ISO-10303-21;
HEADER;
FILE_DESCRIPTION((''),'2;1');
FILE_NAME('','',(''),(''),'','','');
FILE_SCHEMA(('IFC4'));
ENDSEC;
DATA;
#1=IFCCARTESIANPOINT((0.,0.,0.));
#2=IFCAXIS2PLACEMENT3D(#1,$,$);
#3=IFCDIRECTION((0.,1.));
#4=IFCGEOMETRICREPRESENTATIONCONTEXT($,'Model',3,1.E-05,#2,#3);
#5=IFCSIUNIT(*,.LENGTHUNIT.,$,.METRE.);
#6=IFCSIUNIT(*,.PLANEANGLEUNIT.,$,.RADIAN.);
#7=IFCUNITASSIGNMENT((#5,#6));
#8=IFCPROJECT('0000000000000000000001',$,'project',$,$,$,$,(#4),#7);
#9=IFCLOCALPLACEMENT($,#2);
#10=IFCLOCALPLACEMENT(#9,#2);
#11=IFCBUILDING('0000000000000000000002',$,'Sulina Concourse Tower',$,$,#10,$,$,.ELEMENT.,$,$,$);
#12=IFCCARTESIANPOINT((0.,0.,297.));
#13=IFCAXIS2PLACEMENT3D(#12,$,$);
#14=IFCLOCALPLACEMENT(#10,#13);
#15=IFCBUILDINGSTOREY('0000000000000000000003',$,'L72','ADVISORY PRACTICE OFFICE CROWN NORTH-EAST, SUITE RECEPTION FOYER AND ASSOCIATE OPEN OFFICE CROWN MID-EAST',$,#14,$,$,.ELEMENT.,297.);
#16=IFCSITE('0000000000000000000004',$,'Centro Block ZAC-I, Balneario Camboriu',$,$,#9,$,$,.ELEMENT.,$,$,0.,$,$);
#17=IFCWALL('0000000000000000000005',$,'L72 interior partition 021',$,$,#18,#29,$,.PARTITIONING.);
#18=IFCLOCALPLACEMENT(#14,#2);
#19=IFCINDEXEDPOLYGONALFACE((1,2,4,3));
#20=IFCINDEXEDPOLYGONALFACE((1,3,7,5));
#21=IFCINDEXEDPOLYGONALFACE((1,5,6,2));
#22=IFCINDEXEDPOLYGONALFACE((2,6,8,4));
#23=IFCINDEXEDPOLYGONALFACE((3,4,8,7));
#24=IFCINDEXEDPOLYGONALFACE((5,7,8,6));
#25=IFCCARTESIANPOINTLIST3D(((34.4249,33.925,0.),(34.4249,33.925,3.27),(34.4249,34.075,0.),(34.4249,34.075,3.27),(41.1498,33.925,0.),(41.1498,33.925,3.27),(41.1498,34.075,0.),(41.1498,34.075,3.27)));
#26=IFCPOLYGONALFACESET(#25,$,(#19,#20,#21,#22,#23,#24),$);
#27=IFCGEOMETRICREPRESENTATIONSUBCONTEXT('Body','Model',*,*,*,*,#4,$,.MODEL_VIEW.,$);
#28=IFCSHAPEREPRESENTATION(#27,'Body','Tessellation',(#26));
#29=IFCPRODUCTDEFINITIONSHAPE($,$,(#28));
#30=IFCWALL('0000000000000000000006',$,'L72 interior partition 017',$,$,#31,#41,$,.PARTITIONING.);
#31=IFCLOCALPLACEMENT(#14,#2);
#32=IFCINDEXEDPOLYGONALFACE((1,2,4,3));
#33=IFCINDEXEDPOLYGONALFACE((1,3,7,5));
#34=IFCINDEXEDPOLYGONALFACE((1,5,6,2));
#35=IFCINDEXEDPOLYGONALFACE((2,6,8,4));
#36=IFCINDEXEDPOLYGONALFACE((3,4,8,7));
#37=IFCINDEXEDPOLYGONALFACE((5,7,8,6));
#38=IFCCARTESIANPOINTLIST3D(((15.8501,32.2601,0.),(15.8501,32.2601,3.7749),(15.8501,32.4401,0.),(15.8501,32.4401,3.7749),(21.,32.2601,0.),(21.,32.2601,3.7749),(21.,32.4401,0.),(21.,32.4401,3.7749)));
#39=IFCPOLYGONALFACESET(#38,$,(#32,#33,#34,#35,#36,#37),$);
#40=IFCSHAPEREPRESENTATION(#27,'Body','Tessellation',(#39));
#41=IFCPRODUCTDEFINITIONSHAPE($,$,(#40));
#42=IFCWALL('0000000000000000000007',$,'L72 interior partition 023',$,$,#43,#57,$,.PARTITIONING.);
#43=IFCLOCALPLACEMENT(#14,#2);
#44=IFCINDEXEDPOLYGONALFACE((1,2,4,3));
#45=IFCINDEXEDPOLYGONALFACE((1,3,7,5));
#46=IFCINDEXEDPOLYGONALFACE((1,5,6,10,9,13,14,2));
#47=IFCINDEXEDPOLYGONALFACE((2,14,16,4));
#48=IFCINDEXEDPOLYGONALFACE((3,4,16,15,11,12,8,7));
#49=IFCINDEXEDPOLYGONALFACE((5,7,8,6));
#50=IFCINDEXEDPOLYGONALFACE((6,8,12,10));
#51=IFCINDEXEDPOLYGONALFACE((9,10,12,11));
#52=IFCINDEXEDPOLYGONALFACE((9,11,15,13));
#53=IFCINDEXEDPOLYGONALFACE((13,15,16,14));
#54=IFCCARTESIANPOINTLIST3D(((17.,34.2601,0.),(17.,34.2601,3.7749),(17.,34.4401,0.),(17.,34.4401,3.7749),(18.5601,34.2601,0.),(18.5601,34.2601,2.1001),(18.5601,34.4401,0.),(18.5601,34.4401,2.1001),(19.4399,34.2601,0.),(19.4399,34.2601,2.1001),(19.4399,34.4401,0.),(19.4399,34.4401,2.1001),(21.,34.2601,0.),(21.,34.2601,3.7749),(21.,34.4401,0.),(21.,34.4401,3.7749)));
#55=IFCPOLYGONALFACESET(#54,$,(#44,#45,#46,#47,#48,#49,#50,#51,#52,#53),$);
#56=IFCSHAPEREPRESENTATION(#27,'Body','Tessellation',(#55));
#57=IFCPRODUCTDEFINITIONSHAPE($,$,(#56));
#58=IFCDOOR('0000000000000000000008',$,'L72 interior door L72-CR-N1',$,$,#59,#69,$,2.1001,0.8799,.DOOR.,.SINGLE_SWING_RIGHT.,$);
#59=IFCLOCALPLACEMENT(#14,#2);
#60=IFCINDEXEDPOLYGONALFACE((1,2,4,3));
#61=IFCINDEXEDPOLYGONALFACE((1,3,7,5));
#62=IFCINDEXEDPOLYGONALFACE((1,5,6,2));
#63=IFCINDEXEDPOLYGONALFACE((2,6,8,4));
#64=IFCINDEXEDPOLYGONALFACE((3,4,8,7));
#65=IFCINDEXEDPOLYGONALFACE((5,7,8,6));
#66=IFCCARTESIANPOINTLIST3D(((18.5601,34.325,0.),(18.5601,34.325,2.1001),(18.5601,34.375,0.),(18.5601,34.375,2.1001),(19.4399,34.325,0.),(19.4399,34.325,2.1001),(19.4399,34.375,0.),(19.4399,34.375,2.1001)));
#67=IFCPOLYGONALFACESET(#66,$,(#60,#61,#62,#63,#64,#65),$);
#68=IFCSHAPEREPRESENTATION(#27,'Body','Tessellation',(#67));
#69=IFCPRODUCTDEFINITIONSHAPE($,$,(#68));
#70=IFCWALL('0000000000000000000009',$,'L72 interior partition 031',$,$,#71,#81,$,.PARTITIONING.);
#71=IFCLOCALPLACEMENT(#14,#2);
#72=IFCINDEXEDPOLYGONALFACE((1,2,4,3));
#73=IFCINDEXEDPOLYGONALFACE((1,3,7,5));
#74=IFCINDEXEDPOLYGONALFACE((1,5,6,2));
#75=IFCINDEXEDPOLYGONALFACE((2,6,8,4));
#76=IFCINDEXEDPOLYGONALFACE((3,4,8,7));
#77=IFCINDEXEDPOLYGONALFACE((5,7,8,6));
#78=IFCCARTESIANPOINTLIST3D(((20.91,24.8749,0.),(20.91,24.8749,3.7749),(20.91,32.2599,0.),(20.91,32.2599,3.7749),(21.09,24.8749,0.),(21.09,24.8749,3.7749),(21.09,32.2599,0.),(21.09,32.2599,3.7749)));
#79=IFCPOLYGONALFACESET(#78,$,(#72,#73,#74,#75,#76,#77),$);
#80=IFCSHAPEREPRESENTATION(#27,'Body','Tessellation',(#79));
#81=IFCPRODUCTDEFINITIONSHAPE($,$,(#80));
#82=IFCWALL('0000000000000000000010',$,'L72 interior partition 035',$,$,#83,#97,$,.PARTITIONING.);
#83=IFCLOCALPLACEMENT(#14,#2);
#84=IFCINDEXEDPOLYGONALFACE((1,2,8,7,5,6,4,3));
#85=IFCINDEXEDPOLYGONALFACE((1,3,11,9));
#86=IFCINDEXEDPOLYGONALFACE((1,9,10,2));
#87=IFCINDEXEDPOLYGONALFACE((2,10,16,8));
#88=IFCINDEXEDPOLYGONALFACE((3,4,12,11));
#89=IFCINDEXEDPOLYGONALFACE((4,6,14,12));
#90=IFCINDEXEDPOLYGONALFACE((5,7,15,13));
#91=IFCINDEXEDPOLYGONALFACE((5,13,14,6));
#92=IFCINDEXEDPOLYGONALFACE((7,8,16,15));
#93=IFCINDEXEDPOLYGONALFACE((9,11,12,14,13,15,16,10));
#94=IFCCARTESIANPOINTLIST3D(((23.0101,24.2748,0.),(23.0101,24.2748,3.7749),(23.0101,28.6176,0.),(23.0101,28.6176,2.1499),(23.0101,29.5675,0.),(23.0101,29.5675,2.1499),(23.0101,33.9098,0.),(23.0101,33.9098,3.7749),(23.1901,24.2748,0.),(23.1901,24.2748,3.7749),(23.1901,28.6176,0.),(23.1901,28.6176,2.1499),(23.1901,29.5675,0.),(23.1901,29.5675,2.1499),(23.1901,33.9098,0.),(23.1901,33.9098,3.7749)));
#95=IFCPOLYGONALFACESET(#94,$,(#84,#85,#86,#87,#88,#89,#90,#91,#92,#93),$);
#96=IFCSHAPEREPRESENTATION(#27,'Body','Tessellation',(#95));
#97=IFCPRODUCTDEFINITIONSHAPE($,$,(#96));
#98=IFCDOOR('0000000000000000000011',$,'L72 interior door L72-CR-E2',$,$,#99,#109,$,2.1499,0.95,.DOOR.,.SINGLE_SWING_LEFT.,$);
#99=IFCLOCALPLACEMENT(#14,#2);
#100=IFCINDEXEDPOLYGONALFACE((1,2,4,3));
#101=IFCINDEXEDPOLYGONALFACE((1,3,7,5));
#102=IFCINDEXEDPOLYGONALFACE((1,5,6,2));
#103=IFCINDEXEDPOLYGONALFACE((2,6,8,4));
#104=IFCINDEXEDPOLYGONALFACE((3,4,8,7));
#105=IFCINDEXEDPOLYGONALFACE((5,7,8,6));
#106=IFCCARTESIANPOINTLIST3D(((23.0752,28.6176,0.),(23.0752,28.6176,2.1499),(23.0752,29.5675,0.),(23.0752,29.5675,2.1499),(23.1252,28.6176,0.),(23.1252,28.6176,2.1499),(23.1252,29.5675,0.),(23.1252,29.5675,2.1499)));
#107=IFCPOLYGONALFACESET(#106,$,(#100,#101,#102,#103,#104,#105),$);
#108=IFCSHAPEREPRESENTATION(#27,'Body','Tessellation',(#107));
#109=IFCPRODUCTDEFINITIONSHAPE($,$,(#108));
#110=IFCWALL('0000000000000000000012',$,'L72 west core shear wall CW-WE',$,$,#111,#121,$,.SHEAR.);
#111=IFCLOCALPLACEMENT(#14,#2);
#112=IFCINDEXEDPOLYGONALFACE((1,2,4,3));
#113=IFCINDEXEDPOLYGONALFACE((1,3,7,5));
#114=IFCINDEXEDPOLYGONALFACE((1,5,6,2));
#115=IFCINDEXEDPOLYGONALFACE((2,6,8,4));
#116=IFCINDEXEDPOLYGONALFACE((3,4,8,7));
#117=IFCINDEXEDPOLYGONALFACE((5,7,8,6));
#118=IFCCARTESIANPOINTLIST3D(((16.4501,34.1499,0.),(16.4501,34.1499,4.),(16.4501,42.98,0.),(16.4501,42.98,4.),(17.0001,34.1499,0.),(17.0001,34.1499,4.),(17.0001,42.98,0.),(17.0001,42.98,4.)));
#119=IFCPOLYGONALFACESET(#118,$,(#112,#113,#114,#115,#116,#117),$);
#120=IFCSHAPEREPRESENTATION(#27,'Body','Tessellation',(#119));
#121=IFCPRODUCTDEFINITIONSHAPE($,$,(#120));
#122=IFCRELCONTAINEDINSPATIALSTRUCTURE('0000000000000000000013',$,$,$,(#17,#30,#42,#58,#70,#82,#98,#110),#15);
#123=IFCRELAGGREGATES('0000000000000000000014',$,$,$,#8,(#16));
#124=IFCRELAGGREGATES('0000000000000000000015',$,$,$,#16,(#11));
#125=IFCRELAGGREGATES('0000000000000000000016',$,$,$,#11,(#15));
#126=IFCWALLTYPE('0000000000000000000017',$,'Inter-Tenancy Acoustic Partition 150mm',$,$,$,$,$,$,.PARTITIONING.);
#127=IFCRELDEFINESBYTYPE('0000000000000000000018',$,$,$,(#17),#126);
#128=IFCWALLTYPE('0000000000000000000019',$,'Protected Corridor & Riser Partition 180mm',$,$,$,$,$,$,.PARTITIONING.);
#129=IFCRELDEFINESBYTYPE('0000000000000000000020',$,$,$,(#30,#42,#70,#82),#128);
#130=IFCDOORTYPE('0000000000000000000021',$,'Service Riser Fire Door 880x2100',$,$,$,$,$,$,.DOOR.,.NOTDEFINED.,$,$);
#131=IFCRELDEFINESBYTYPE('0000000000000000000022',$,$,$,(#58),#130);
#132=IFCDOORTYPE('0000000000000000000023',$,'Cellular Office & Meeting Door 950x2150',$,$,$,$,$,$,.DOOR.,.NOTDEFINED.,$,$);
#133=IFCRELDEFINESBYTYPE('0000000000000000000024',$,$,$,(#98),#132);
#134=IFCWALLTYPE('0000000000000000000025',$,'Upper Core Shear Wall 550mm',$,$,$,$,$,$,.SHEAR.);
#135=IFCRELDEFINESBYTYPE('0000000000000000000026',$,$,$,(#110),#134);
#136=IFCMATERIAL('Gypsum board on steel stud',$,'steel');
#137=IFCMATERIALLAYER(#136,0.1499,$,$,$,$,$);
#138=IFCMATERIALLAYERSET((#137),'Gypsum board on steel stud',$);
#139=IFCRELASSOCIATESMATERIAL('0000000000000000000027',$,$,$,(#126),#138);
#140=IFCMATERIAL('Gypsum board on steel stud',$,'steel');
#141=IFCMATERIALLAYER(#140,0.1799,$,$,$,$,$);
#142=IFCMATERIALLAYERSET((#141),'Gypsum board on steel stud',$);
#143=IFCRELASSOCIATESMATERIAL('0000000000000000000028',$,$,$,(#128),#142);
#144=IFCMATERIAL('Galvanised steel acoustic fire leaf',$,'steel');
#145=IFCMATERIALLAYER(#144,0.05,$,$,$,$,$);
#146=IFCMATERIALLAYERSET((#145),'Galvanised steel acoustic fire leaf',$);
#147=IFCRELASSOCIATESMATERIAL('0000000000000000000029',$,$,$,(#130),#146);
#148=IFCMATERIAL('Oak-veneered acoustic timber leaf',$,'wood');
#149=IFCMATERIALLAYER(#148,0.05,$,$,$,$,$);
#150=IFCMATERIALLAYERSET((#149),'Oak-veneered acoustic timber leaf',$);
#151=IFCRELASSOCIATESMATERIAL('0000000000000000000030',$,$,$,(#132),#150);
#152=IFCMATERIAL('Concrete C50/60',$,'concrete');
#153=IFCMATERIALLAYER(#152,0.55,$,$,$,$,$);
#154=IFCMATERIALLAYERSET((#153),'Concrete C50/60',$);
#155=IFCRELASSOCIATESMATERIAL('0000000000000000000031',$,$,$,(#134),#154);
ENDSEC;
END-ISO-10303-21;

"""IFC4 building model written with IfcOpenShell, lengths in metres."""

from ifc_helpers import new_model, si_unit, direction, frame, frame_2d, origin, place, context, subcontext, project, spatial, rectangle, extrude, material, layer, layer_set, type_object, element, fill, save


model = new_model("IFC4")

# Units and contexts
model_context = context("Model", 3, precision=1e-05, world=origin(), true_north=direction((0.0, 1.0)))
body_context = subcontext(model_context, "Body", "Model", "MODEL_VIEW")
ifc_project = project(units=[si_unit("LENGTHUNIT", "METRE"), si_unit("PLANEANGLEUNIT", "RADIAN")], contexts=[model_context])

# Site, building, storey
site_placement = place(None, origin())
site = spatial("IfcSite", under=ifc_project, at=site_placement, Name="Centro Block ZAC-I, Balneario Camboriu", CompositionType="ELEMENT", RefElevation=0.0)
building_placement = place(site_placement, origin())
building = spatial("IfcBuilding", under=site, at=building_placement, Name="Sulina Concourse Tower", CompositionType="ELEMENT")
storey_placement = place(building_placement, frame((0.0, 0.0, 297.0)))
storey = spatial("IfcBuildingStorey", under=building, at=storey_placement, Name="L72", Description="ADVISORY PRACTICE OFFICE CROWN NORTH-EAST, SUITE RECEPTION FOYER AND ASSOCIATE OPEN OFFICE CROWN MID-EAST", CompositionType="ELEMENT", Elevation=297.0)

# Walls
ifc_material_1 = material(Name="Gypsum board on steel stud", Category="steel")
ifc_layer_1 = layer(ifc_material_1, 0.1499)
ifc_layer_set_1 = layer_set([ifc_layer_1], Name="Gypsum board on steel stud")
wall_type_1 = type_object("IfcWallType", Name="Inter-Tenancy Acoustic Partition 150mm", PredefinedType="PARTITIONING", material=ifc_layer_set_1)
wall_1_placement = place(storey_placement, frame((34.425, 34.0, 0.0), z_axis=(0.0, 0.0, 1.0), x_axis=(1.0, 0.0, 0.0)))
element("IfcWall", 1, at=wall_1_placement, inside=storey, type_object=wall_type_1, Name="L72 interior partition 021", PredefinedType="PARTITIONING", context=body_context, shape_type="SweptSolid", body=[
    extrude(rectangle(XDim=6.7249, YDim=0.1499, at=frame_2d((3.3623, 0.0))), origin(), (0.0, 0.0, 1.0), 3.27),
])
ifc_material_2 = material(Name="Gypsum board on steel stud", Category="steel")
ifc_layer_2 = layer(ifc_material_2, 0.1799)
ifc_layer_set_2 = layer_set([ifc_layer_2], Name="Gypsum board on steel stud")
wall_type_2 = type_object("IfcWallType", Name="Protected Corridor & Riser Partition 180mm", PredefinedType="PARTITIONING", material=ifc_layer_set_2)
wall_2_placement = place(storey_placement, frame((15.8501, 32.3501, 0.0), z_axis=(0.0, 0.0, 1.0), x_axis=(1.0, 0.0, 0.0)))
element("IfcWall", 2, at=wall_2_placement, inside=storey, type_object=wall_type_2, Name="L72 interior partition 017", PredefinedType="PARTITIONING", context=body_context, shape_type="SweptSolid", body=[
    extrude(rectangle(XDim=5.1499, YDim=0.1799, at=frame_2d((2.575, 0.0))), origin(), (0.0, 0.0, 1.0), 3.7749),
])

# Wall, opening, door
wall_3_placement = place(storey_placement, frame((17.0, 34.3501, 0.0), z_axis=(0.0, 0.0, 1.0), x_axis=(1.0, 0.0, 0.0)))
wall_3 = element("IfcWall", 3, at=wall_3_placement, inside=storey, type_object=wall_type_2, Name="L72 interior partition 023", PredefinedType="PARTITIONING", context=body_context, shape_type="SweptSolid", body=[
    extrude(rectangle(XDim=4.0, YDim=0.1799, at=frame_2d((2.0, 0.0))), origin(), (0.0, 0.0, 1.0), 3.7749),
])
opening_1_placement = place(wall_3_placement, frame((1.5601, 0.0, 0.0)))
opening_1 = element("IfcOpeningElement", 4, at=opening_1_placement, cuts=wall_3, PredefinedType="OPENING", context=body_context, shape_type="SweptSolid", body=[
    extrude(rectangle(XDim=0.8799, YDim=2.1001, at=frame_2d((0.4399, 1.05))), frame((0.0, 0.0999, 0.0), z_axis=(0.0, -1.0, 0.0), x_axis=(1.0, 0.0, 0.0)), (0.0, 0.0, 1.0), 0.2),
])
ifc_material_3 = material(Name="Galvanised steel acoustic fire leaf", Category="steel")
ifc_layer_3 = layer(ifc_material_3, 0.05)
ifc_layer_set_3 = layer_set([ifc_layer_3], Name="Galvanised steel acoustic fire leaf")
door_type_1 = type_object("IfcDoorType", Name="Service Riser Fire Door 880x2100", OperationType="NOTDEFINED", PredefinedType="DOOR", material=ifc_layer_set_3)
door_1_placement = place(opening_1_placement, origin())
door_1 = element("IfcDoor", 5, at=door_1_placement, inside=storey, type_object=door_type_1, Name="L72 interior door L72-CR-N1", OperationType="SINGLE_SWING_RIGHT", OverallHeight=2.1001, OverallWidth=0.8799, PredefinedType="DOOR", context=body_context, shape_type="SweptSolid", body=[
    extrude(rectangle(XDim=0.8799, YDim=2.1001, at=frame_2d((0.4399, 1.05))), frame((0.0, 0.0249, 0.0), z_axis=(0.0, -1.0, 0.0), x_axis=(1.0, 0.0, 0.0)), (0.0, 0.0, 1.0), 0.05),
])
fill(opening_1, door_1)

# Wall
wall_4_placement = place(storey_placement, frame((21.0, 24.875, 0.0), z_axis=(0.0, 0.0, 1.0), x_axis=(0.0, 1.0, 0.0)))
element("IfcWall", 6, at=wall_4_placement, inside=storey, type_object=wall_type_2, Name="L72 interior partition 031", PredefinedType="PARTITIONING", context=body_context, shape_type="SweptSolid", body=[
    extrude(rectangle(XDim=7.385, YDim=0.1799, at=frame_2d((3.6924, 0.0))), origin(), (0.0, 0.0, 1.0), 3.7749),
])

# Wall, opening, door
wall_5_placement = place(storey_placement, frame((23.1001, 24.2749, 0.0), z_axis=(0.0, 0.0, 1.0), x_axis=(0.0, 1.0, 0.0)))
wall_5 = element("IfcWall", 7, at=wall_5_placement, inside=storey, type_object=wall_type_2, Name="L72 interior partition 035", PredefinedType="PARTITIONING", context=body_context, shape_type="SweptSolid", body=[
    extrude(rectangle(XDim=9.635, YDim=0.1799, at=frame_2d((4.8174, 0.0))), origin(), (0.0, 0.0, 1.0), 3.7749),
])
opening_2_placement = place(wall_5_placement, frame((4.3425, 0.0, 0.0)))
opening_2 = element("IfcOpeningElement", 8, at=opening_2_placement, cuts=wall_5, PredefinedType="OPENING", context=body_context, shape_type="SweptSolid", body=[
    extrude(rectangle(XDim=0.95, YDim=2.1499, at=frame_2d((0.4751, 1.075))), frame((0.0, 0.0999, 0.0), z_axis=(0.0, -1.0, 0.0), x_axis=(1.0, 0.0, 0.0)), (0.0, 0.0, 1.0), 0.2),
])
ifc_material_4 = material(Name="Oak-veneered acoustic timber leaf", Category="wood")
ifc_layer_4 = layer(ifc_material_4, 0.05)
ifc_layer_set_4 = layer_set([ifc_layer_4], Name="Oak-veneered acoustic timber leaf")
door_type_2 = type_object("IfcDoorType", Name="Cellular Office & Meeting Door 950x2150", OperationType="NOTDEFINED", PredefinedType="DOOR", material=ifc_layer_set_4)
door_2_placement = place(opening_2_placement, origin())
door_2 = element("IfcDoor", 9, at=door_2_placement, inside=storey, type_object=door_type_2, Name="L72 interior door L72-CR-E2", OperationType="SINGLE_SWING_LEFT", OverallHeight=2.1499, OverallWidth=0.95, PredefinedType="DOOR", context=body_context, shape_type="SweptSolid", body=[
    extrude(rectangle(XDim=0.95, YDim=2.1499, at=frame_2d((0.4751, 1.075))), frame((0.0, 0.0249, 0.0), z_axis=(0.0, -1.0, 0.0), x_axis=(1.0, 0.0, 0.0)), (0.0, 0.0, 1.0), 0.05),
])
fill(opening_2, door_2)

# Wall
ifc_material_5 = material(Name="Concrete C50/60", Category="concrete")
ifc_layer_5 = layer(ifc_material_5, 0.55)
ifc_layer_set_5 = layer_set([ifc_layer_5], Name="Concrete C50/60")
wall_type_3 = type_object("IfcWallType", Name="Upper Core Shear Wall 550mm", PredefinedType="SHEAR", material=ifc_layer_set_5)
wall_6_placement = place(storey_placement, frame((16.7251, 34.1499, 0.0), z_axis=(0.0, 0.0, 1.0), x_axis=(0.0, 1.0, 0.0)))
element("IfcWall", 10, at=wall_6_placement, inside=storey, type_object=wall_type_3, Name="L72 west core shear wall CW-WE", PredefinedType="SHEAR", context=body_context, shape_type="SweptSolid", body=[
    extrude(rectangle(XDim=8.8301, YDim=0.55, at=frame_2d((4.415, 0.0))), origin(), (0.0, 0.0, 1.0), 4.0),
])

save(model, "model.ifc")
